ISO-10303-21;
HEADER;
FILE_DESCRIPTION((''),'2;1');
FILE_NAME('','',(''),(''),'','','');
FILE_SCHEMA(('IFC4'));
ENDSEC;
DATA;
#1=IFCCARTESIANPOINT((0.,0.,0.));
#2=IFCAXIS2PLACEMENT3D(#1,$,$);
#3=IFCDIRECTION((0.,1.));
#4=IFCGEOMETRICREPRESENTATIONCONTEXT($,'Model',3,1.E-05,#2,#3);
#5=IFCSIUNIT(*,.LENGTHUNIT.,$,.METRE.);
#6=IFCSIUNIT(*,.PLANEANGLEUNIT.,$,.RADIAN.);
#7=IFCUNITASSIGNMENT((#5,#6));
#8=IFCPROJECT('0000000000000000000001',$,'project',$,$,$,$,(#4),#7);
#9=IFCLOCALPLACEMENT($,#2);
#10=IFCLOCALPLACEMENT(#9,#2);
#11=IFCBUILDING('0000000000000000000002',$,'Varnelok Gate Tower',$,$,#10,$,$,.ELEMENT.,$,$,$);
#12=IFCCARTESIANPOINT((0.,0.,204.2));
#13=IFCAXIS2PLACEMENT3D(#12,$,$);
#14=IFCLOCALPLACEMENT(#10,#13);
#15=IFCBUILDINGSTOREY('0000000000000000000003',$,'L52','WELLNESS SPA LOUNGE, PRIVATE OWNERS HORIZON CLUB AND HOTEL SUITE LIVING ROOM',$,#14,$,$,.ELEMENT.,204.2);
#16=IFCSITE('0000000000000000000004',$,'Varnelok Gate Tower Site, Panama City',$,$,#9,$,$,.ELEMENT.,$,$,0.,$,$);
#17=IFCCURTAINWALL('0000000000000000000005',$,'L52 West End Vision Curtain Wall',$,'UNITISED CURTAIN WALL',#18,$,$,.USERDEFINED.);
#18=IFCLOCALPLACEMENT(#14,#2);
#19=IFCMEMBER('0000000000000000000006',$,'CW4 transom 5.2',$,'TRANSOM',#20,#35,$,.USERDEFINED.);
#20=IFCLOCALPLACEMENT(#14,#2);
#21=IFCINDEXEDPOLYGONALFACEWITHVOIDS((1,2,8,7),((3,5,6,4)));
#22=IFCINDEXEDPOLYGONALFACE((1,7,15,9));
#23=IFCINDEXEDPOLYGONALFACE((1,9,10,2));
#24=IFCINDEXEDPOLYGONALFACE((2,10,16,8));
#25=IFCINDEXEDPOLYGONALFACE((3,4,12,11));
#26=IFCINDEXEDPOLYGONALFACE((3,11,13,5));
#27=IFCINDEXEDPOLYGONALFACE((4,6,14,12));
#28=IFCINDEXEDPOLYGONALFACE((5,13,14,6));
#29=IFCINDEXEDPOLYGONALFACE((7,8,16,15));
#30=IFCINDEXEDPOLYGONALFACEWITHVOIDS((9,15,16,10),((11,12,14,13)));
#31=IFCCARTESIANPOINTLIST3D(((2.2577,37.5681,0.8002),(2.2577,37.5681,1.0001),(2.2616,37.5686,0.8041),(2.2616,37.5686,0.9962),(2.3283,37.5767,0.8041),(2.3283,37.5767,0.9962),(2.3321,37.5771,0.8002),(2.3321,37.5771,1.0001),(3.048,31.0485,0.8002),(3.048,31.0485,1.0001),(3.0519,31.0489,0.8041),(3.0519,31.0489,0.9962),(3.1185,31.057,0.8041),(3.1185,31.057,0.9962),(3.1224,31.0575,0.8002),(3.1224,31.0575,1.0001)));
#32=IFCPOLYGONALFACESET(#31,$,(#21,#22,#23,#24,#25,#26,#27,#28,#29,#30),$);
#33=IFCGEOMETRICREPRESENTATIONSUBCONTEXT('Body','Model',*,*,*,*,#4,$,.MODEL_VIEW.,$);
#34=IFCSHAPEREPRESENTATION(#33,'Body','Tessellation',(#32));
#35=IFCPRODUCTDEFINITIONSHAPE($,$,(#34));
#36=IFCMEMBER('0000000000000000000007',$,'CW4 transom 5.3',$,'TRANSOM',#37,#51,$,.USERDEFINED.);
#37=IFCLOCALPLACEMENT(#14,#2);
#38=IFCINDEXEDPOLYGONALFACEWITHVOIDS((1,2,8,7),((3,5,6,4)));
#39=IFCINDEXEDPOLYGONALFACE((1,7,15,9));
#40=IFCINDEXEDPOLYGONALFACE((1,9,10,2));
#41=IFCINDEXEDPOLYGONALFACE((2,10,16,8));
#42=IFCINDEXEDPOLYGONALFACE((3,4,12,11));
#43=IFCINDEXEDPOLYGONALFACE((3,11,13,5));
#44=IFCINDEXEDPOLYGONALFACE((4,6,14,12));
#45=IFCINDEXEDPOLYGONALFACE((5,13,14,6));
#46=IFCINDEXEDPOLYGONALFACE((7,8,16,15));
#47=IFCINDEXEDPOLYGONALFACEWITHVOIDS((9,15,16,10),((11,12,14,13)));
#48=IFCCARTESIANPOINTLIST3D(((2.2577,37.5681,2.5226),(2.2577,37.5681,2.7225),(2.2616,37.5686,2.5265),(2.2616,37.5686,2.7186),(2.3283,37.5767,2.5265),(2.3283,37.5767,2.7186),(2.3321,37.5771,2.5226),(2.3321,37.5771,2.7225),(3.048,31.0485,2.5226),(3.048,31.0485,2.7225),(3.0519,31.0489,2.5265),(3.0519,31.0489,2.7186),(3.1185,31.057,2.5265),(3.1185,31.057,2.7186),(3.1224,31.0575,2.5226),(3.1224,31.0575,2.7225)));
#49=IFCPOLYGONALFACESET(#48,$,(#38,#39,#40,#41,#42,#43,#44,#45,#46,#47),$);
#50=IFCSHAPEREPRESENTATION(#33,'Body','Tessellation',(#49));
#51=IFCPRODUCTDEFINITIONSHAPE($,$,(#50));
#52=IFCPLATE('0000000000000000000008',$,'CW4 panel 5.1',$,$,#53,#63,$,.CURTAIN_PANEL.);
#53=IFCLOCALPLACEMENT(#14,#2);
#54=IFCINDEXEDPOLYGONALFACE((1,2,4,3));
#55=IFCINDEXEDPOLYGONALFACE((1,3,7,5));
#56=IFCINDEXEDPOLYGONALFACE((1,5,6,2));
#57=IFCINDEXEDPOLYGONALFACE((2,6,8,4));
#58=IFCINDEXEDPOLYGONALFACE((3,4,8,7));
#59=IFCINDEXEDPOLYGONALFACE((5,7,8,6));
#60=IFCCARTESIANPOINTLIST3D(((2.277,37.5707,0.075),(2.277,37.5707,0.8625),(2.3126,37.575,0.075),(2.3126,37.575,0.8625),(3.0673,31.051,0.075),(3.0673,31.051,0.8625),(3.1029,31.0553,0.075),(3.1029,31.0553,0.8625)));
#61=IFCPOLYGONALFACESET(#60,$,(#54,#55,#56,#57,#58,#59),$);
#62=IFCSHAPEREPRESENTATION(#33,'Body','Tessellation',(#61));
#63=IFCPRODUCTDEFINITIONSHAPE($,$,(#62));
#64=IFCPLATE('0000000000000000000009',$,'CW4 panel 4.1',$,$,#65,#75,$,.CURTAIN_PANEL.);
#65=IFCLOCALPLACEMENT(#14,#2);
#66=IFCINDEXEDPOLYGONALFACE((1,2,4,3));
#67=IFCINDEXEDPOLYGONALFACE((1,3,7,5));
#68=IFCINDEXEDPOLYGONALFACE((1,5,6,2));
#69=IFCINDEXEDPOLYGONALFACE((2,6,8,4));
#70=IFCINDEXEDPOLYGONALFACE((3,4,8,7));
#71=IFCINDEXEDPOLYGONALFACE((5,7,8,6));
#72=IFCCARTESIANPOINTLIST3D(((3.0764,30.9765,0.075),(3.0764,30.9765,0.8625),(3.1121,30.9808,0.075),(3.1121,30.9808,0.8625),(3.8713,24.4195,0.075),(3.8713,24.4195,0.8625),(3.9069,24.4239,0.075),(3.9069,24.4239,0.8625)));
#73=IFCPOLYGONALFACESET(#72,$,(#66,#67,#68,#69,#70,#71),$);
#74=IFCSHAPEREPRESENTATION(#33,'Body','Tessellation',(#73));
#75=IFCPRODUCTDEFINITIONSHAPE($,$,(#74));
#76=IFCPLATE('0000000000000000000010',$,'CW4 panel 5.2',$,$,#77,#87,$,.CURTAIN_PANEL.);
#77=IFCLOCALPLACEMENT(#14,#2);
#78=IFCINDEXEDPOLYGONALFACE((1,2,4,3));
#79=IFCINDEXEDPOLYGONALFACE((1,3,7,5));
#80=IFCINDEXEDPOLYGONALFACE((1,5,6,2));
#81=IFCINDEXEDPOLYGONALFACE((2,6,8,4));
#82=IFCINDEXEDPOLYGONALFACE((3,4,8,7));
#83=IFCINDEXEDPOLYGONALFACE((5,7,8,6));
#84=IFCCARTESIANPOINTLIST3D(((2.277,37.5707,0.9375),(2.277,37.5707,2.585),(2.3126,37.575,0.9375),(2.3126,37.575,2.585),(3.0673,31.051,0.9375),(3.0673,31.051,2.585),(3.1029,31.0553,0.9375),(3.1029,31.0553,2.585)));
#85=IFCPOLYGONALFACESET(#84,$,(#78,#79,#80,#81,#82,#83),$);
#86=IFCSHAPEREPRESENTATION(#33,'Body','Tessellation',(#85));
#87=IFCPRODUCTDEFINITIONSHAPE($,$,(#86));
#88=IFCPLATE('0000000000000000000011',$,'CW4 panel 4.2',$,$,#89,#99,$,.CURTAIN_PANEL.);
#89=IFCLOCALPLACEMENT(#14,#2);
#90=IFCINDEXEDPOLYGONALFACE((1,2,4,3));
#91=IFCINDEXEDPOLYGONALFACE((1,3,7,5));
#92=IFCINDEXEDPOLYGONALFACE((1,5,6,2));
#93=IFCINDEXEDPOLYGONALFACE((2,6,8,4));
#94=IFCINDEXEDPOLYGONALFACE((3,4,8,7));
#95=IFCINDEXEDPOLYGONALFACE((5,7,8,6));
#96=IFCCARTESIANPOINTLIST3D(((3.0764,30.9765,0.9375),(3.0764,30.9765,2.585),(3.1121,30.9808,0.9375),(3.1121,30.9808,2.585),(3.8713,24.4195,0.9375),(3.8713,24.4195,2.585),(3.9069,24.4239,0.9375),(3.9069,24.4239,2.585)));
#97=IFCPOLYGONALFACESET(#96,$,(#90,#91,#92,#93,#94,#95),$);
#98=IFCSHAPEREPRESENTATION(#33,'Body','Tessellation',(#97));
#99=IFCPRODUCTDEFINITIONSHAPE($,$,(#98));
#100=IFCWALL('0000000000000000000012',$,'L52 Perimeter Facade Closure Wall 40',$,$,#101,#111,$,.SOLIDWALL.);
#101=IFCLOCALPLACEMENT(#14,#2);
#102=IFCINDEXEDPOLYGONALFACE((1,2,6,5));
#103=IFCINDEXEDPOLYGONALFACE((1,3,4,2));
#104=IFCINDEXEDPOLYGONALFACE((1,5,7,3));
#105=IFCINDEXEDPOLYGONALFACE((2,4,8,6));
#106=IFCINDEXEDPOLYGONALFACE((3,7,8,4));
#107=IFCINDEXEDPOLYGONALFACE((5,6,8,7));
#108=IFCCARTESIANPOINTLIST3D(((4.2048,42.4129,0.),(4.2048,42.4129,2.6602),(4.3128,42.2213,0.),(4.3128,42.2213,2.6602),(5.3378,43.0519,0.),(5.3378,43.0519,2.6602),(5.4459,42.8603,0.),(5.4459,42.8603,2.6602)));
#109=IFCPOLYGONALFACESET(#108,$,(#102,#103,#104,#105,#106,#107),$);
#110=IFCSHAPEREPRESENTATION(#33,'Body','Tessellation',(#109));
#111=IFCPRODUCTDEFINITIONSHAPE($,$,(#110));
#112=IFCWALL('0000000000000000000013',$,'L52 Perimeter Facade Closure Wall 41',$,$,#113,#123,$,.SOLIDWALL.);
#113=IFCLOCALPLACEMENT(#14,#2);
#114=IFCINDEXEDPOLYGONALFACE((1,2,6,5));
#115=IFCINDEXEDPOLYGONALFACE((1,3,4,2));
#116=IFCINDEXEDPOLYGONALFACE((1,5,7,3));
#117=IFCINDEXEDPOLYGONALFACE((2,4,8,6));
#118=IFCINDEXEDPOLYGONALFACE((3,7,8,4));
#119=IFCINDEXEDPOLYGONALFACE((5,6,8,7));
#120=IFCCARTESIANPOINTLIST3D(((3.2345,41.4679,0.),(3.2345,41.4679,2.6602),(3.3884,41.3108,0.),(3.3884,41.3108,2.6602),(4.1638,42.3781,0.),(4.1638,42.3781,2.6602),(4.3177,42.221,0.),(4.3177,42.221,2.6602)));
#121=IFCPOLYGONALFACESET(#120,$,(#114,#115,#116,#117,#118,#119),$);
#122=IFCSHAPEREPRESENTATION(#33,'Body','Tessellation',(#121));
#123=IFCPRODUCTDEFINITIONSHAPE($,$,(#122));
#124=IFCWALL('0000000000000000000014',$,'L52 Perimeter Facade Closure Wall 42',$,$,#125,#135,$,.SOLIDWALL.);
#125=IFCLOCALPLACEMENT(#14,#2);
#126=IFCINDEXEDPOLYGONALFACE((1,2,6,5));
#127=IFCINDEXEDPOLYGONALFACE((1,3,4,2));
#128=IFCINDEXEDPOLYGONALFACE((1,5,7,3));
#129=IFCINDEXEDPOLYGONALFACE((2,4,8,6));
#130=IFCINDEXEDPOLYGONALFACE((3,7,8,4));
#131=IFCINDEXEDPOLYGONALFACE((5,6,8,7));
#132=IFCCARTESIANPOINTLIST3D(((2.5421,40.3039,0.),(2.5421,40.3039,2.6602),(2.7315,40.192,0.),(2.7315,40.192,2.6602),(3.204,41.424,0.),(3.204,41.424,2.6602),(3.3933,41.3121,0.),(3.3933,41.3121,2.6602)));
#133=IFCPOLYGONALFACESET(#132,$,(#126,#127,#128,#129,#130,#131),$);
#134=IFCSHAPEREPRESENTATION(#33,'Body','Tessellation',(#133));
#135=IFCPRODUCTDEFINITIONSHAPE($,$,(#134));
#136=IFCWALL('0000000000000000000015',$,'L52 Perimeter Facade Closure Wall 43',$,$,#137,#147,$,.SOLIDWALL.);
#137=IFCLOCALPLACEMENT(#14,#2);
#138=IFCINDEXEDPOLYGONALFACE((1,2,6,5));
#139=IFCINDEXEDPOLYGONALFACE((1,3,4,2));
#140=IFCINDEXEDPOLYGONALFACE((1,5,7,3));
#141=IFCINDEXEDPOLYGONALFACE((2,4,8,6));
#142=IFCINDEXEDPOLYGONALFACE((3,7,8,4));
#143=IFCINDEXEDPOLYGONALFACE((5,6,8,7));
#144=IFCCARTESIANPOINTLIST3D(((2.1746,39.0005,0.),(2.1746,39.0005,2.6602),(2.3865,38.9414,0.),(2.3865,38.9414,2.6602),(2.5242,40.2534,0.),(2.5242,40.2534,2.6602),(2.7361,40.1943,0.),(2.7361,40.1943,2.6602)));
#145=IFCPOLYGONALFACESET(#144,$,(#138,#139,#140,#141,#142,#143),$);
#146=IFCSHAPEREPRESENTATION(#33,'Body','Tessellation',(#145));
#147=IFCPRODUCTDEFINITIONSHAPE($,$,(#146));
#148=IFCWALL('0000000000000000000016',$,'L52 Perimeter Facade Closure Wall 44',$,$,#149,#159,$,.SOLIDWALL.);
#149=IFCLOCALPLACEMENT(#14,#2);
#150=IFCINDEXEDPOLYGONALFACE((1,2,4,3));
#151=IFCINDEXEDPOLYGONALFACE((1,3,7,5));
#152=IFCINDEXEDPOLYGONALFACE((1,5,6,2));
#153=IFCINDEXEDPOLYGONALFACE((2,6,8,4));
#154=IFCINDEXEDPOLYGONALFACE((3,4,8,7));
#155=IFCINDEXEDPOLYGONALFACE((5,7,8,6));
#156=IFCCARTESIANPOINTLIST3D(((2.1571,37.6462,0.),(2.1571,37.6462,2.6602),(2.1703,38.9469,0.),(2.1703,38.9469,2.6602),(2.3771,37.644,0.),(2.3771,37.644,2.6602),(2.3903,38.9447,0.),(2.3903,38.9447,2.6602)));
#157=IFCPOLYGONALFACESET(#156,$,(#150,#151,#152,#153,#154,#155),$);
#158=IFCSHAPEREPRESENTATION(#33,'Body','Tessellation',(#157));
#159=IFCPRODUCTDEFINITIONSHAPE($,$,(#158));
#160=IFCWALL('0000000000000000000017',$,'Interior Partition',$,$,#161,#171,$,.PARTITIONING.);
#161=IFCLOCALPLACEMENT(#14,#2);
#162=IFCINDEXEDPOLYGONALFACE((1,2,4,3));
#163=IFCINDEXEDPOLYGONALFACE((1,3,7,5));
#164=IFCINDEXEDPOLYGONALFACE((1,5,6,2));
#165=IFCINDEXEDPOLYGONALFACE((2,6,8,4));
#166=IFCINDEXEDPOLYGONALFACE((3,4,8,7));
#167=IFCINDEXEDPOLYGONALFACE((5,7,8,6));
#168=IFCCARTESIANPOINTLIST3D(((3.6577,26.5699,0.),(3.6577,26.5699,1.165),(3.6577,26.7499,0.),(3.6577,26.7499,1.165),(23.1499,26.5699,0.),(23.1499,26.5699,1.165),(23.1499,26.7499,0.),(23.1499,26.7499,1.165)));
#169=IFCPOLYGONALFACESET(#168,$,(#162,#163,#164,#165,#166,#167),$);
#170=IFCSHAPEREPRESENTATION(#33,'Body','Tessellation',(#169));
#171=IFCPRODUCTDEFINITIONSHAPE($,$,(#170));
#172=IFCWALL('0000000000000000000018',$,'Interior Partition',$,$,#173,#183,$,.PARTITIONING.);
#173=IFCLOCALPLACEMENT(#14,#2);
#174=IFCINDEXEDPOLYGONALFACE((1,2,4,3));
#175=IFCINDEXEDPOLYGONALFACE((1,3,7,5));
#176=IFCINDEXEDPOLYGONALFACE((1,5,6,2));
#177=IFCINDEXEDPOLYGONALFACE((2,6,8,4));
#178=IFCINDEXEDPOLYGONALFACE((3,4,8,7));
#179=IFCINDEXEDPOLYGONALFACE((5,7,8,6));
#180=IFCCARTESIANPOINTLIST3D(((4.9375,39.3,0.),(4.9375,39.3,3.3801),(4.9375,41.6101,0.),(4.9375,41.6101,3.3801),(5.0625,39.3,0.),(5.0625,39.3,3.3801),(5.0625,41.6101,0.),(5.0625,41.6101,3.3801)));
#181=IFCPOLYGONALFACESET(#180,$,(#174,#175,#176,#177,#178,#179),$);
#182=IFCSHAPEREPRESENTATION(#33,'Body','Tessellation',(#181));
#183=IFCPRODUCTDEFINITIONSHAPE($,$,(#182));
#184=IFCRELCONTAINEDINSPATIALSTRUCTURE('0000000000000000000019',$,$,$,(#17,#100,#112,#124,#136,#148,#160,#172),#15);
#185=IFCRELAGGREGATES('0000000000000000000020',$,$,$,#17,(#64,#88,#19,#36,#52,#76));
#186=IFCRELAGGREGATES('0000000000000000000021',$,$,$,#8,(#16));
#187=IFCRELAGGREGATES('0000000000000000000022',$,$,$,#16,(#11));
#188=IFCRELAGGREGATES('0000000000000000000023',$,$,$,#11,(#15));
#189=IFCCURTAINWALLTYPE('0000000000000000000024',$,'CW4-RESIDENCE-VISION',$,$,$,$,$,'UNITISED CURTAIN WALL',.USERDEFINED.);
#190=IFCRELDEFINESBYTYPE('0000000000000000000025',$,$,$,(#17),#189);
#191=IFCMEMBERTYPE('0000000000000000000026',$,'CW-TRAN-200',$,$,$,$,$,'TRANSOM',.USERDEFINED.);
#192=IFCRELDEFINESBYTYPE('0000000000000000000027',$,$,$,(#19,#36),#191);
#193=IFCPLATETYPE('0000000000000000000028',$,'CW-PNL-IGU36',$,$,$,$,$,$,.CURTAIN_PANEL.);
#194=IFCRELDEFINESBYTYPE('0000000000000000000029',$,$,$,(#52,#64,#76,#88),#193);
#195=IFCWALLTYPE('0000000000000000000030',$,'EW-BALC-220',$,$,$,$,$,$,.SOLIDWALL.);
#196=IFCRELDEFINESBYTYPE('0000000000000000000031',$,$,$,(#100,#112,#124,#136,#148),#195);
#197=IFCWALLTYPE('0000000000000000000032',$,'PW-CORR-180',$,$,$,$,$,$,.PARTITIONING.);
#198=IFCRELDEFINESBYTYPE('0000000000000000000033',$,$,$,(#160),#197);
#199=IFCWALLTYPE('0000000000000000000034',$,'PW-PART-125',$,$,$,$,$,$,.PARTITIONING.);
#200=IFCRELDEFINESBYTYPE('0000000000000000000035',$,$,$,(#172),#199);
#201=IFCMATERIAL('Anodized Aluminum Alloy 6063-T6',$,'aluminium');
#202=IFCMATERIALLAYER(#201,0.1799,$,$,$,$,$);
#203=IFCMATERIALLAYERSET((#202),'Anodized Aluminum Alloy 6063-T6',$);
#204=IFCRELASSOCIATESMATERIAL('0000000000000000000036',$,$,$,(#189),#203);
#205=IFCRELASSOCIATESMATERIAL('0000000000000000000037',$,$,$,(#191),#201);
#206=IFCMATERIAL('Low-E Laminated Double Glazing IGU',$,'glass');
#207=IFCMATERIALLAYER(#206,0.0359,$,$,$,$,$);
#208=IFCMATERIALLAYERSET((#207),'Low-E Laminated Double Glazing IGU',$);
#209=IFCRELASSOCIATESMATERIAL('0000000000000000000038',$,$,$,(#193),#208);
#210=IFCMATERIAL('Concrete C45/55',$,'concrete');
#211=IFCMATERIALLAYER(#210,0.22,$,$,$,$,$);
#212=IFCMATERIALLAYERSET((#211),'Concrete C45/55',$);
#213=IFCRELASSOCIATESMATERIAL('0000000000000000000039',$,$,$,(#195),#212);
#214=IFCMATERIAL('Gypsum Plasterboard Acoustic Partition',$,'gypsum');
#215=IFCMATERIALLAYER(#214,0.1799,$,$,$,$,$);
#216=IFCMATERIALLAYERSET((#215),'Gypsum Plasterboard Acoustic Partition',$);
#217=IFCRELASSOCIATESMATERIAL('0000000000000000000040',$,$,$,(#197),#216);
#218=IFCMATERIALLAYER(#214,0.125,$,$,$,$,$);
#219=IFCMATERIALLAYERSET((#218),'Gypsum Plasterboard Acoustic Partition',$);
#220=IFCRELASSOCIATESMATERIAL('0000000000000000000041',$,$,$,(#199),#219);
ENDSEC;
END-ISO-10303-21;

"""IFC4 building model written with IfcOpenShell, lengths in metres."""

from ifc_helpers import new_model, si_unit, direction, frame, frame_2d, origin, origin_2d, place, context, subcontext, project, spatial, rectangle, hollow_rectangle, extrude, source, transform, mapped, material, layer, layer_set, material_profile, profile_set, type_object, element, aggregate, save


model = new_model("IFC4")

# Units and contexts
model_context = context("Model", 3, precision=1e-05, world=origin(), true_north=direction((0.0, 1.0)))
body_context = subcontext(model_context, "Body", "Model", "MODEL_VIEW")
ifc_project = project(units=[si_unit("LENGTHUNIT", "METRE"), si_unit("PLANEANGLEUNIT", "RADIAN")], contexts=[model_context])

# Site, building, storey
site_placement = place(None, origin())
site = spatial("IfcSite", under=ifc_project, at=site_placement, Name="Varnelok Gate Tower Site, Panama City", CompositionType="ELEMENT", RefElevation=0.0)
building_placement = place(site_placement, origin())
building = spatial("IfcBuilding", under=site, at=building_placement, Name="Varnelok Gate Tower", CompositionType="ELEMENT")
storey_placement = place(building_placement, frame((0.0, 0.0, 204.2)))
storey = spatial("IfcBuildingStorey", under=building, at=storey_placement, Name="L52", Description="WELLNESS SPA LOUNGE, PRIVATE OWNERS HORIZON CLUB AND HOTEL SUITE LIVING ROOM", CompositionType="ELEMENT", Elevation=204.2)

# Curtain wall, members, plates
ifc_material_1 = material(Name="Anodized Aluminum Alloy 6063-T6", Category="aluminium")
ifc_layer_1 = layer(ifc_material_1, 0.1799)
ifc_layer_set_1 = layer_set([ifc_layer_1], Name="Anodized Aluminum Alloy 6063-T6")
curtain_wall_type = type_object("IfcCurtainWallType", Name="CW4-RESIDENCE-VISION", ElementType="UNITISED CURTAIN WALL", PredefinedType="USERDEFINED", material=ifc_layer_set_1)
curtain_wall_placement = place(storey_placement, origin())
curtain_wall = element("IfcCurtainWall", 1, at=curtain_wall_placement, inside=storey, type_object=curtain_wall_type, Name="L52 West End Vision Curtain Wall", ObjectType="UNITISED CURTAIN WALL", PredefinedType="USERDEFINED")
ifc_material_profile_1 = material_profile(ifc_material_1, hollow_rectangle(XDim=0.075, YDim=0.2, WallThickness=0.0039, at=origin_2d()), Name="ALU200X75X4")
ifc_profile_set_1 = profile_set([ifc_material_profile_1], Name="Anodized Aluminum Alloy 6063-T6")
member_type_1 = type_object("IfcMemberType", Name="CW-TRAN-200", ElementType="TRANSOM", PredefinedType="USERDEFINED", material=ifc_profile_set_1)
member_1_placement = place(storey_placement, frame((3.0852, 31.053, 0.9001), z_axis=(-0.120332, 0.992734, 0.0), x_axis=(-0.992734, -0.120332, 0.0)))
member_1 = element("IfcMember", 2, at=member_1_placement, type_object=member_type_1, Name="CW4 transom 5.2", ObjectType="TRANSOM", PredefinedType="USERDEFINED", context=body_context, shape_type="SweptSolid", body=[
    extrude(hollow_rectangle(XDim=0.075, YDim=0.2, WallThickness=0.0039, at=origin_2d()), origin(), (0.0, 0.0, 1.0), 6.5674),
])
member_2_placement = place(storey_placement, frame((3.0852, 31.053, 2.6226), z_axis=(-0.120332, 0.992734, 0.0), x_axis=(-0.992734, -0.120332, 0.0)))
member_2 = element("IfcMember", 3, at=member_2_placement, type_object=member_type_1, Name="CW4 transom 5.3", ObjectType="TRANSOM", PredefinedType="USERDEFINED", context=body_context, shape_type="SweptSolid", body=[
    extrude(hollow_rectangle(XDim=0.075, YDim=0.2, WallThickness=0.0039, at=origin_2d()), origin(), (0.0, 0.0, 1.0), 6.5674),
])
ifc_material_2 = material(Name="Low-E Laminated Double Glazing IGU", Category="glass")
ifc_layer_2 = layer(ifc_material_2, 0.0359)
ifc_layer_set_2 = layer_set([ifc_layer_2], Name="Low-E Laminated Double Glazing IGU")
plate_type = type_object("IfcPlateType", Name="CW-PNL-IGU36", PredefinedType="CURTAIN_PANEL", material=ifc_layer_set_2)
shared_shape_1 = source(origin(), body_context, "Body", "SweptSolid", [
    extrude(rectangle(XDim=6.5674, YDim=0.0359, at=origin_2d()), origin(), (0.0, 0.0, 1.0), 0.7876),
])
plate_1_placement = place(storey_placement, frame((2.6899, 34.313, 0.075), z_axis=(0.0, 0.0, 1.0), x_axis=(-0.120345, 0.992732, 0.0)))
plate_1 = element("IfcPlate", 4, at=plate_1_placement, type_object=plate_type, Name="CW4 panel 5.1", PredefinedType="CURTAIN_PANEL", context=body_context, shape_type="MappedRepresentation", body=[
    mapped(shared_shape_1, transform((0.0, 0.0, 0.0), scale=1.0)),
])
shared_shape_2 = source(origin(), body_context, "Body", "SweptSolid", [
    extrude(rectangle(XDim=6.605, YDim=0.0359, at=origin_2d()), origin(), (0.0, 0.0, 1.0), 0.7876),
])
plate_2_placement = place(storey_placement, frame((3.4917, 27.7002, 0.075), z_axis=(0.0, 0.0, 1.0), x_axis=(-0.120345, 0.992732, 0.0)))
plate_2 = element("IfcPlate", 5, at=plate_2_placement, type_object=plate_type, Name="CW4 panel 4.1", PredefinedType="CURTAIN_PANEL", context=body_context, shape_type="MappedRepresentation", body=[
    mapped(shared_shape_2, transform((0.0, 0.0, 0.0), scale=1.0)),
])
shared_shape_3 = source(origin(), body_context, "Body", "SweptSolid", [
    extrude(rectangle(XDim=6.5674, YDim=0.0359, at=origin_2d()), origin(), (0.0, 0.0, 1.0), 1.6475),
])
plate_3_placement = place(storey_placement, frame((2.6899, 34.313, 0.9375), z_axis=(0.0, 0.0, 1.0), x_axis=(-0.120345, 0.992732, 0.0)))
plate_3 = element("IfcPlate", 6, at=plate_3_placement, type_object=plate_type, Name="CW4 panel 5.2", PredefinedType="CURTAIN_PANEL", context=body_context, shape_type="MappedRepresentation", body=[
    mapped(shared_shape_3, transform((0.0, 0.0, 0.0), scale=1.0)),
])
shared_shape_4 = source(origin(), body_context, "Body", "SweptSolid", [
    extrude(rectangle(XDim=6.605, YDim=0.0359, at=origin_2d()), origin(), (0.0, 0.0, 1.0), 1.6475),
])
plate_4_placement = place(storey_placement, frame((3.4917, 27.7002, 0.9375), z_axis=(0.0, 0.0, 1.0), x_axis=(-0.120345, 0.992732, 0.0)))
plate_4 = element("IfcPlate", 7, at=plate_4_placement, type_object=plate_type, Name="CW4 panel 4.2", PredefinedType="CURTAIN_PANEL", context=body_context, shape_type="MappedRepresentation", body=[
    mapped(shared_shape_4, transform((0.0, 0.0, 0.0), scale=1.0)),
])
aggregate(curtain_wall, [plate_2, plate_4, member_1, member_2, plate_1, plate_3])

# Walls
ifc_material_3 = material(Name="Concrete C45/55", Category="concrete")
ifc_layer_3 = layer(ifc_material_3, 0.22)
ifc_layer_set_3 = layer_set([ifc_layer_3], Name="Concrete C45/55")
wall_type_1 = type_object("IfcWallType", Name="EW-BALC-220", PredefinedType="SOLIDWALL", material=ifc_layer_set_3)
for number, where, z_axis, x_axis, name in (
    (8, (5.3918, 42.9561, 0.0), (0.0, 0.0, 1.0), (-0.871059, -0.491179, 0.0), "L52 Perimeter Facade Closure Wall 40"),
    (9, (4.2407, 42.2996, 0.0), (0.0, 0.0, 1.0), (-0.714389, -0.699749, 0.0), "L52 Perimeter Facade Closure Wall 41"),
):
    element("IfcWall", number, at=place(storey_placement, frame(where, z_axis=z_axis, x_axis=x_axis)), inside=storey, type_object=wall_type_1, Name=name, PredefinedType="SOLIDWALL", context=body_context, shape_type="SweptSolid", body=[
        extrude(rectangle(XDim=1.3008, YDim=0.22, at=frame_2d((0.6504, 0.0))), origin(), (0.0, 0.0, 1.0), 2.6602),
    ])
wall_1_placement = place(storey_placement, frame((3.2986, 41.3679, 0.0), z_axis=(0.0, 0.0, 1.0), x_axis=(-0.508717, -0.860934, 0.0)))
element("IfcWall", 10, at=wall_1_placement, inside=storey, type_object=wall_type_1, Name="L52 Perimeter Facade Closure Wall 42", PredefinedType="SOLIDWALL", context=body_context, shape_type="SweptSolid", body=[
    extrude(rectangle(XDim=1.301, YDim=0.22, at=frame_2d((0.6504, 0.0))), origin(), (0.0, 0.0, 1.0), 2.6602),
])
for number, where, z_axis, x_axis, name in (
    (11, (2.6301, 40.2239, 0.0), (0.0, 0.0, 1.0), (-0.268767, -0.963205, 0.0), "L52 Perimeter Facade Closure Wall 43"),
    (12, (2.2803, 38.9458, 0.0), (0.0, 0.0, 1.0), (-0.010135, -0.999949, 0.0), "L52 Perimeter Facade Closure Wall 44"),
):
    element("IfcWall", number, at=place(storey_placement, frame(where, z_axis=z_axis, x_axis=x_axis)), inside=storey, type_object=wall_type_1, Name=name, PredefinedType="SOLIDWALL", context=body_context, shape_type="SweptSolid", body=[
        extrude(rectangle(XDim=1.3008, YDim=0.22, at=frame_2d((0.6504, 0.0))), origin(), (0.0, 0.0, 1.0), 2.6602),
    ])
ifc_material_4 = material(Name="Gypsum Plasterboard Acoustic Partition", Category="gypsum")
ifc_layer_4 = layer(ifc_material_4, 0.1799)
ifc_layer_set_4 = layer_set([ifc_layer_4], Name="Gypsum Plasterboard Acoustic Partition")
wall_type_2 = type_object("IfcWallType", Name="PW-CORR-180", PredefinedType="PARTITIONING", material=ifc_layer_set_4)
wall_2_placement = place(storey_placement, frame((3.6577, 26.6599, 0.0), z_axis=(0.0, 0.0, 1.0), x_axis=(1.0, 0.0, 0.0)))
element("IfcWall", 13, at=wall_2_placement, inside=storey, type_object=wall_type_2, Name="Interior Partition", PredefinedType="PARTITIONING", context=body_context, shape_type="SweptSolid", body=[
    extrude(rectangle(XDim=19.4922, YDim=0.1799, at=frame_2d((9.7461, 0.0))), origin(), (0.0, 0.0, 1.0), 1.165),
])
ifc_layer_5 = layer(ifc_material_4, 0.125)
ifc_layer_set_5 = layer_set([ifc_layer_5], Name="Gypsum Plasterboard Acoustic Partition")
wall_type_3 = type_object("IfcWallType", Name="PW-PART-125", PredefinedType="PARTITIONING", material=ifc_layer_set_5)
wall_3_placement = place(storey_placement, frame((5.0, 39.3, 0.0), z_axis=(0.0, 0.0, 1.0), x_axis=(0.0, 1.0, 0.0)))
element("IfcWall", 14, at=wall_3_placement, inside=storey, type_object=wall_type_3, Name="Interior Partition", PredefinedType="PARTITIONING", context=body_context, shape_type="SweptSolid", body=[
    extrude(rectangle(XDim=2.3101, YDim=0.125, at=frame_2d((1.155, 0.0))), origin(), (0.0, 0.0, 1.0), 3.3801),
])

save(model, "model.ifc")
